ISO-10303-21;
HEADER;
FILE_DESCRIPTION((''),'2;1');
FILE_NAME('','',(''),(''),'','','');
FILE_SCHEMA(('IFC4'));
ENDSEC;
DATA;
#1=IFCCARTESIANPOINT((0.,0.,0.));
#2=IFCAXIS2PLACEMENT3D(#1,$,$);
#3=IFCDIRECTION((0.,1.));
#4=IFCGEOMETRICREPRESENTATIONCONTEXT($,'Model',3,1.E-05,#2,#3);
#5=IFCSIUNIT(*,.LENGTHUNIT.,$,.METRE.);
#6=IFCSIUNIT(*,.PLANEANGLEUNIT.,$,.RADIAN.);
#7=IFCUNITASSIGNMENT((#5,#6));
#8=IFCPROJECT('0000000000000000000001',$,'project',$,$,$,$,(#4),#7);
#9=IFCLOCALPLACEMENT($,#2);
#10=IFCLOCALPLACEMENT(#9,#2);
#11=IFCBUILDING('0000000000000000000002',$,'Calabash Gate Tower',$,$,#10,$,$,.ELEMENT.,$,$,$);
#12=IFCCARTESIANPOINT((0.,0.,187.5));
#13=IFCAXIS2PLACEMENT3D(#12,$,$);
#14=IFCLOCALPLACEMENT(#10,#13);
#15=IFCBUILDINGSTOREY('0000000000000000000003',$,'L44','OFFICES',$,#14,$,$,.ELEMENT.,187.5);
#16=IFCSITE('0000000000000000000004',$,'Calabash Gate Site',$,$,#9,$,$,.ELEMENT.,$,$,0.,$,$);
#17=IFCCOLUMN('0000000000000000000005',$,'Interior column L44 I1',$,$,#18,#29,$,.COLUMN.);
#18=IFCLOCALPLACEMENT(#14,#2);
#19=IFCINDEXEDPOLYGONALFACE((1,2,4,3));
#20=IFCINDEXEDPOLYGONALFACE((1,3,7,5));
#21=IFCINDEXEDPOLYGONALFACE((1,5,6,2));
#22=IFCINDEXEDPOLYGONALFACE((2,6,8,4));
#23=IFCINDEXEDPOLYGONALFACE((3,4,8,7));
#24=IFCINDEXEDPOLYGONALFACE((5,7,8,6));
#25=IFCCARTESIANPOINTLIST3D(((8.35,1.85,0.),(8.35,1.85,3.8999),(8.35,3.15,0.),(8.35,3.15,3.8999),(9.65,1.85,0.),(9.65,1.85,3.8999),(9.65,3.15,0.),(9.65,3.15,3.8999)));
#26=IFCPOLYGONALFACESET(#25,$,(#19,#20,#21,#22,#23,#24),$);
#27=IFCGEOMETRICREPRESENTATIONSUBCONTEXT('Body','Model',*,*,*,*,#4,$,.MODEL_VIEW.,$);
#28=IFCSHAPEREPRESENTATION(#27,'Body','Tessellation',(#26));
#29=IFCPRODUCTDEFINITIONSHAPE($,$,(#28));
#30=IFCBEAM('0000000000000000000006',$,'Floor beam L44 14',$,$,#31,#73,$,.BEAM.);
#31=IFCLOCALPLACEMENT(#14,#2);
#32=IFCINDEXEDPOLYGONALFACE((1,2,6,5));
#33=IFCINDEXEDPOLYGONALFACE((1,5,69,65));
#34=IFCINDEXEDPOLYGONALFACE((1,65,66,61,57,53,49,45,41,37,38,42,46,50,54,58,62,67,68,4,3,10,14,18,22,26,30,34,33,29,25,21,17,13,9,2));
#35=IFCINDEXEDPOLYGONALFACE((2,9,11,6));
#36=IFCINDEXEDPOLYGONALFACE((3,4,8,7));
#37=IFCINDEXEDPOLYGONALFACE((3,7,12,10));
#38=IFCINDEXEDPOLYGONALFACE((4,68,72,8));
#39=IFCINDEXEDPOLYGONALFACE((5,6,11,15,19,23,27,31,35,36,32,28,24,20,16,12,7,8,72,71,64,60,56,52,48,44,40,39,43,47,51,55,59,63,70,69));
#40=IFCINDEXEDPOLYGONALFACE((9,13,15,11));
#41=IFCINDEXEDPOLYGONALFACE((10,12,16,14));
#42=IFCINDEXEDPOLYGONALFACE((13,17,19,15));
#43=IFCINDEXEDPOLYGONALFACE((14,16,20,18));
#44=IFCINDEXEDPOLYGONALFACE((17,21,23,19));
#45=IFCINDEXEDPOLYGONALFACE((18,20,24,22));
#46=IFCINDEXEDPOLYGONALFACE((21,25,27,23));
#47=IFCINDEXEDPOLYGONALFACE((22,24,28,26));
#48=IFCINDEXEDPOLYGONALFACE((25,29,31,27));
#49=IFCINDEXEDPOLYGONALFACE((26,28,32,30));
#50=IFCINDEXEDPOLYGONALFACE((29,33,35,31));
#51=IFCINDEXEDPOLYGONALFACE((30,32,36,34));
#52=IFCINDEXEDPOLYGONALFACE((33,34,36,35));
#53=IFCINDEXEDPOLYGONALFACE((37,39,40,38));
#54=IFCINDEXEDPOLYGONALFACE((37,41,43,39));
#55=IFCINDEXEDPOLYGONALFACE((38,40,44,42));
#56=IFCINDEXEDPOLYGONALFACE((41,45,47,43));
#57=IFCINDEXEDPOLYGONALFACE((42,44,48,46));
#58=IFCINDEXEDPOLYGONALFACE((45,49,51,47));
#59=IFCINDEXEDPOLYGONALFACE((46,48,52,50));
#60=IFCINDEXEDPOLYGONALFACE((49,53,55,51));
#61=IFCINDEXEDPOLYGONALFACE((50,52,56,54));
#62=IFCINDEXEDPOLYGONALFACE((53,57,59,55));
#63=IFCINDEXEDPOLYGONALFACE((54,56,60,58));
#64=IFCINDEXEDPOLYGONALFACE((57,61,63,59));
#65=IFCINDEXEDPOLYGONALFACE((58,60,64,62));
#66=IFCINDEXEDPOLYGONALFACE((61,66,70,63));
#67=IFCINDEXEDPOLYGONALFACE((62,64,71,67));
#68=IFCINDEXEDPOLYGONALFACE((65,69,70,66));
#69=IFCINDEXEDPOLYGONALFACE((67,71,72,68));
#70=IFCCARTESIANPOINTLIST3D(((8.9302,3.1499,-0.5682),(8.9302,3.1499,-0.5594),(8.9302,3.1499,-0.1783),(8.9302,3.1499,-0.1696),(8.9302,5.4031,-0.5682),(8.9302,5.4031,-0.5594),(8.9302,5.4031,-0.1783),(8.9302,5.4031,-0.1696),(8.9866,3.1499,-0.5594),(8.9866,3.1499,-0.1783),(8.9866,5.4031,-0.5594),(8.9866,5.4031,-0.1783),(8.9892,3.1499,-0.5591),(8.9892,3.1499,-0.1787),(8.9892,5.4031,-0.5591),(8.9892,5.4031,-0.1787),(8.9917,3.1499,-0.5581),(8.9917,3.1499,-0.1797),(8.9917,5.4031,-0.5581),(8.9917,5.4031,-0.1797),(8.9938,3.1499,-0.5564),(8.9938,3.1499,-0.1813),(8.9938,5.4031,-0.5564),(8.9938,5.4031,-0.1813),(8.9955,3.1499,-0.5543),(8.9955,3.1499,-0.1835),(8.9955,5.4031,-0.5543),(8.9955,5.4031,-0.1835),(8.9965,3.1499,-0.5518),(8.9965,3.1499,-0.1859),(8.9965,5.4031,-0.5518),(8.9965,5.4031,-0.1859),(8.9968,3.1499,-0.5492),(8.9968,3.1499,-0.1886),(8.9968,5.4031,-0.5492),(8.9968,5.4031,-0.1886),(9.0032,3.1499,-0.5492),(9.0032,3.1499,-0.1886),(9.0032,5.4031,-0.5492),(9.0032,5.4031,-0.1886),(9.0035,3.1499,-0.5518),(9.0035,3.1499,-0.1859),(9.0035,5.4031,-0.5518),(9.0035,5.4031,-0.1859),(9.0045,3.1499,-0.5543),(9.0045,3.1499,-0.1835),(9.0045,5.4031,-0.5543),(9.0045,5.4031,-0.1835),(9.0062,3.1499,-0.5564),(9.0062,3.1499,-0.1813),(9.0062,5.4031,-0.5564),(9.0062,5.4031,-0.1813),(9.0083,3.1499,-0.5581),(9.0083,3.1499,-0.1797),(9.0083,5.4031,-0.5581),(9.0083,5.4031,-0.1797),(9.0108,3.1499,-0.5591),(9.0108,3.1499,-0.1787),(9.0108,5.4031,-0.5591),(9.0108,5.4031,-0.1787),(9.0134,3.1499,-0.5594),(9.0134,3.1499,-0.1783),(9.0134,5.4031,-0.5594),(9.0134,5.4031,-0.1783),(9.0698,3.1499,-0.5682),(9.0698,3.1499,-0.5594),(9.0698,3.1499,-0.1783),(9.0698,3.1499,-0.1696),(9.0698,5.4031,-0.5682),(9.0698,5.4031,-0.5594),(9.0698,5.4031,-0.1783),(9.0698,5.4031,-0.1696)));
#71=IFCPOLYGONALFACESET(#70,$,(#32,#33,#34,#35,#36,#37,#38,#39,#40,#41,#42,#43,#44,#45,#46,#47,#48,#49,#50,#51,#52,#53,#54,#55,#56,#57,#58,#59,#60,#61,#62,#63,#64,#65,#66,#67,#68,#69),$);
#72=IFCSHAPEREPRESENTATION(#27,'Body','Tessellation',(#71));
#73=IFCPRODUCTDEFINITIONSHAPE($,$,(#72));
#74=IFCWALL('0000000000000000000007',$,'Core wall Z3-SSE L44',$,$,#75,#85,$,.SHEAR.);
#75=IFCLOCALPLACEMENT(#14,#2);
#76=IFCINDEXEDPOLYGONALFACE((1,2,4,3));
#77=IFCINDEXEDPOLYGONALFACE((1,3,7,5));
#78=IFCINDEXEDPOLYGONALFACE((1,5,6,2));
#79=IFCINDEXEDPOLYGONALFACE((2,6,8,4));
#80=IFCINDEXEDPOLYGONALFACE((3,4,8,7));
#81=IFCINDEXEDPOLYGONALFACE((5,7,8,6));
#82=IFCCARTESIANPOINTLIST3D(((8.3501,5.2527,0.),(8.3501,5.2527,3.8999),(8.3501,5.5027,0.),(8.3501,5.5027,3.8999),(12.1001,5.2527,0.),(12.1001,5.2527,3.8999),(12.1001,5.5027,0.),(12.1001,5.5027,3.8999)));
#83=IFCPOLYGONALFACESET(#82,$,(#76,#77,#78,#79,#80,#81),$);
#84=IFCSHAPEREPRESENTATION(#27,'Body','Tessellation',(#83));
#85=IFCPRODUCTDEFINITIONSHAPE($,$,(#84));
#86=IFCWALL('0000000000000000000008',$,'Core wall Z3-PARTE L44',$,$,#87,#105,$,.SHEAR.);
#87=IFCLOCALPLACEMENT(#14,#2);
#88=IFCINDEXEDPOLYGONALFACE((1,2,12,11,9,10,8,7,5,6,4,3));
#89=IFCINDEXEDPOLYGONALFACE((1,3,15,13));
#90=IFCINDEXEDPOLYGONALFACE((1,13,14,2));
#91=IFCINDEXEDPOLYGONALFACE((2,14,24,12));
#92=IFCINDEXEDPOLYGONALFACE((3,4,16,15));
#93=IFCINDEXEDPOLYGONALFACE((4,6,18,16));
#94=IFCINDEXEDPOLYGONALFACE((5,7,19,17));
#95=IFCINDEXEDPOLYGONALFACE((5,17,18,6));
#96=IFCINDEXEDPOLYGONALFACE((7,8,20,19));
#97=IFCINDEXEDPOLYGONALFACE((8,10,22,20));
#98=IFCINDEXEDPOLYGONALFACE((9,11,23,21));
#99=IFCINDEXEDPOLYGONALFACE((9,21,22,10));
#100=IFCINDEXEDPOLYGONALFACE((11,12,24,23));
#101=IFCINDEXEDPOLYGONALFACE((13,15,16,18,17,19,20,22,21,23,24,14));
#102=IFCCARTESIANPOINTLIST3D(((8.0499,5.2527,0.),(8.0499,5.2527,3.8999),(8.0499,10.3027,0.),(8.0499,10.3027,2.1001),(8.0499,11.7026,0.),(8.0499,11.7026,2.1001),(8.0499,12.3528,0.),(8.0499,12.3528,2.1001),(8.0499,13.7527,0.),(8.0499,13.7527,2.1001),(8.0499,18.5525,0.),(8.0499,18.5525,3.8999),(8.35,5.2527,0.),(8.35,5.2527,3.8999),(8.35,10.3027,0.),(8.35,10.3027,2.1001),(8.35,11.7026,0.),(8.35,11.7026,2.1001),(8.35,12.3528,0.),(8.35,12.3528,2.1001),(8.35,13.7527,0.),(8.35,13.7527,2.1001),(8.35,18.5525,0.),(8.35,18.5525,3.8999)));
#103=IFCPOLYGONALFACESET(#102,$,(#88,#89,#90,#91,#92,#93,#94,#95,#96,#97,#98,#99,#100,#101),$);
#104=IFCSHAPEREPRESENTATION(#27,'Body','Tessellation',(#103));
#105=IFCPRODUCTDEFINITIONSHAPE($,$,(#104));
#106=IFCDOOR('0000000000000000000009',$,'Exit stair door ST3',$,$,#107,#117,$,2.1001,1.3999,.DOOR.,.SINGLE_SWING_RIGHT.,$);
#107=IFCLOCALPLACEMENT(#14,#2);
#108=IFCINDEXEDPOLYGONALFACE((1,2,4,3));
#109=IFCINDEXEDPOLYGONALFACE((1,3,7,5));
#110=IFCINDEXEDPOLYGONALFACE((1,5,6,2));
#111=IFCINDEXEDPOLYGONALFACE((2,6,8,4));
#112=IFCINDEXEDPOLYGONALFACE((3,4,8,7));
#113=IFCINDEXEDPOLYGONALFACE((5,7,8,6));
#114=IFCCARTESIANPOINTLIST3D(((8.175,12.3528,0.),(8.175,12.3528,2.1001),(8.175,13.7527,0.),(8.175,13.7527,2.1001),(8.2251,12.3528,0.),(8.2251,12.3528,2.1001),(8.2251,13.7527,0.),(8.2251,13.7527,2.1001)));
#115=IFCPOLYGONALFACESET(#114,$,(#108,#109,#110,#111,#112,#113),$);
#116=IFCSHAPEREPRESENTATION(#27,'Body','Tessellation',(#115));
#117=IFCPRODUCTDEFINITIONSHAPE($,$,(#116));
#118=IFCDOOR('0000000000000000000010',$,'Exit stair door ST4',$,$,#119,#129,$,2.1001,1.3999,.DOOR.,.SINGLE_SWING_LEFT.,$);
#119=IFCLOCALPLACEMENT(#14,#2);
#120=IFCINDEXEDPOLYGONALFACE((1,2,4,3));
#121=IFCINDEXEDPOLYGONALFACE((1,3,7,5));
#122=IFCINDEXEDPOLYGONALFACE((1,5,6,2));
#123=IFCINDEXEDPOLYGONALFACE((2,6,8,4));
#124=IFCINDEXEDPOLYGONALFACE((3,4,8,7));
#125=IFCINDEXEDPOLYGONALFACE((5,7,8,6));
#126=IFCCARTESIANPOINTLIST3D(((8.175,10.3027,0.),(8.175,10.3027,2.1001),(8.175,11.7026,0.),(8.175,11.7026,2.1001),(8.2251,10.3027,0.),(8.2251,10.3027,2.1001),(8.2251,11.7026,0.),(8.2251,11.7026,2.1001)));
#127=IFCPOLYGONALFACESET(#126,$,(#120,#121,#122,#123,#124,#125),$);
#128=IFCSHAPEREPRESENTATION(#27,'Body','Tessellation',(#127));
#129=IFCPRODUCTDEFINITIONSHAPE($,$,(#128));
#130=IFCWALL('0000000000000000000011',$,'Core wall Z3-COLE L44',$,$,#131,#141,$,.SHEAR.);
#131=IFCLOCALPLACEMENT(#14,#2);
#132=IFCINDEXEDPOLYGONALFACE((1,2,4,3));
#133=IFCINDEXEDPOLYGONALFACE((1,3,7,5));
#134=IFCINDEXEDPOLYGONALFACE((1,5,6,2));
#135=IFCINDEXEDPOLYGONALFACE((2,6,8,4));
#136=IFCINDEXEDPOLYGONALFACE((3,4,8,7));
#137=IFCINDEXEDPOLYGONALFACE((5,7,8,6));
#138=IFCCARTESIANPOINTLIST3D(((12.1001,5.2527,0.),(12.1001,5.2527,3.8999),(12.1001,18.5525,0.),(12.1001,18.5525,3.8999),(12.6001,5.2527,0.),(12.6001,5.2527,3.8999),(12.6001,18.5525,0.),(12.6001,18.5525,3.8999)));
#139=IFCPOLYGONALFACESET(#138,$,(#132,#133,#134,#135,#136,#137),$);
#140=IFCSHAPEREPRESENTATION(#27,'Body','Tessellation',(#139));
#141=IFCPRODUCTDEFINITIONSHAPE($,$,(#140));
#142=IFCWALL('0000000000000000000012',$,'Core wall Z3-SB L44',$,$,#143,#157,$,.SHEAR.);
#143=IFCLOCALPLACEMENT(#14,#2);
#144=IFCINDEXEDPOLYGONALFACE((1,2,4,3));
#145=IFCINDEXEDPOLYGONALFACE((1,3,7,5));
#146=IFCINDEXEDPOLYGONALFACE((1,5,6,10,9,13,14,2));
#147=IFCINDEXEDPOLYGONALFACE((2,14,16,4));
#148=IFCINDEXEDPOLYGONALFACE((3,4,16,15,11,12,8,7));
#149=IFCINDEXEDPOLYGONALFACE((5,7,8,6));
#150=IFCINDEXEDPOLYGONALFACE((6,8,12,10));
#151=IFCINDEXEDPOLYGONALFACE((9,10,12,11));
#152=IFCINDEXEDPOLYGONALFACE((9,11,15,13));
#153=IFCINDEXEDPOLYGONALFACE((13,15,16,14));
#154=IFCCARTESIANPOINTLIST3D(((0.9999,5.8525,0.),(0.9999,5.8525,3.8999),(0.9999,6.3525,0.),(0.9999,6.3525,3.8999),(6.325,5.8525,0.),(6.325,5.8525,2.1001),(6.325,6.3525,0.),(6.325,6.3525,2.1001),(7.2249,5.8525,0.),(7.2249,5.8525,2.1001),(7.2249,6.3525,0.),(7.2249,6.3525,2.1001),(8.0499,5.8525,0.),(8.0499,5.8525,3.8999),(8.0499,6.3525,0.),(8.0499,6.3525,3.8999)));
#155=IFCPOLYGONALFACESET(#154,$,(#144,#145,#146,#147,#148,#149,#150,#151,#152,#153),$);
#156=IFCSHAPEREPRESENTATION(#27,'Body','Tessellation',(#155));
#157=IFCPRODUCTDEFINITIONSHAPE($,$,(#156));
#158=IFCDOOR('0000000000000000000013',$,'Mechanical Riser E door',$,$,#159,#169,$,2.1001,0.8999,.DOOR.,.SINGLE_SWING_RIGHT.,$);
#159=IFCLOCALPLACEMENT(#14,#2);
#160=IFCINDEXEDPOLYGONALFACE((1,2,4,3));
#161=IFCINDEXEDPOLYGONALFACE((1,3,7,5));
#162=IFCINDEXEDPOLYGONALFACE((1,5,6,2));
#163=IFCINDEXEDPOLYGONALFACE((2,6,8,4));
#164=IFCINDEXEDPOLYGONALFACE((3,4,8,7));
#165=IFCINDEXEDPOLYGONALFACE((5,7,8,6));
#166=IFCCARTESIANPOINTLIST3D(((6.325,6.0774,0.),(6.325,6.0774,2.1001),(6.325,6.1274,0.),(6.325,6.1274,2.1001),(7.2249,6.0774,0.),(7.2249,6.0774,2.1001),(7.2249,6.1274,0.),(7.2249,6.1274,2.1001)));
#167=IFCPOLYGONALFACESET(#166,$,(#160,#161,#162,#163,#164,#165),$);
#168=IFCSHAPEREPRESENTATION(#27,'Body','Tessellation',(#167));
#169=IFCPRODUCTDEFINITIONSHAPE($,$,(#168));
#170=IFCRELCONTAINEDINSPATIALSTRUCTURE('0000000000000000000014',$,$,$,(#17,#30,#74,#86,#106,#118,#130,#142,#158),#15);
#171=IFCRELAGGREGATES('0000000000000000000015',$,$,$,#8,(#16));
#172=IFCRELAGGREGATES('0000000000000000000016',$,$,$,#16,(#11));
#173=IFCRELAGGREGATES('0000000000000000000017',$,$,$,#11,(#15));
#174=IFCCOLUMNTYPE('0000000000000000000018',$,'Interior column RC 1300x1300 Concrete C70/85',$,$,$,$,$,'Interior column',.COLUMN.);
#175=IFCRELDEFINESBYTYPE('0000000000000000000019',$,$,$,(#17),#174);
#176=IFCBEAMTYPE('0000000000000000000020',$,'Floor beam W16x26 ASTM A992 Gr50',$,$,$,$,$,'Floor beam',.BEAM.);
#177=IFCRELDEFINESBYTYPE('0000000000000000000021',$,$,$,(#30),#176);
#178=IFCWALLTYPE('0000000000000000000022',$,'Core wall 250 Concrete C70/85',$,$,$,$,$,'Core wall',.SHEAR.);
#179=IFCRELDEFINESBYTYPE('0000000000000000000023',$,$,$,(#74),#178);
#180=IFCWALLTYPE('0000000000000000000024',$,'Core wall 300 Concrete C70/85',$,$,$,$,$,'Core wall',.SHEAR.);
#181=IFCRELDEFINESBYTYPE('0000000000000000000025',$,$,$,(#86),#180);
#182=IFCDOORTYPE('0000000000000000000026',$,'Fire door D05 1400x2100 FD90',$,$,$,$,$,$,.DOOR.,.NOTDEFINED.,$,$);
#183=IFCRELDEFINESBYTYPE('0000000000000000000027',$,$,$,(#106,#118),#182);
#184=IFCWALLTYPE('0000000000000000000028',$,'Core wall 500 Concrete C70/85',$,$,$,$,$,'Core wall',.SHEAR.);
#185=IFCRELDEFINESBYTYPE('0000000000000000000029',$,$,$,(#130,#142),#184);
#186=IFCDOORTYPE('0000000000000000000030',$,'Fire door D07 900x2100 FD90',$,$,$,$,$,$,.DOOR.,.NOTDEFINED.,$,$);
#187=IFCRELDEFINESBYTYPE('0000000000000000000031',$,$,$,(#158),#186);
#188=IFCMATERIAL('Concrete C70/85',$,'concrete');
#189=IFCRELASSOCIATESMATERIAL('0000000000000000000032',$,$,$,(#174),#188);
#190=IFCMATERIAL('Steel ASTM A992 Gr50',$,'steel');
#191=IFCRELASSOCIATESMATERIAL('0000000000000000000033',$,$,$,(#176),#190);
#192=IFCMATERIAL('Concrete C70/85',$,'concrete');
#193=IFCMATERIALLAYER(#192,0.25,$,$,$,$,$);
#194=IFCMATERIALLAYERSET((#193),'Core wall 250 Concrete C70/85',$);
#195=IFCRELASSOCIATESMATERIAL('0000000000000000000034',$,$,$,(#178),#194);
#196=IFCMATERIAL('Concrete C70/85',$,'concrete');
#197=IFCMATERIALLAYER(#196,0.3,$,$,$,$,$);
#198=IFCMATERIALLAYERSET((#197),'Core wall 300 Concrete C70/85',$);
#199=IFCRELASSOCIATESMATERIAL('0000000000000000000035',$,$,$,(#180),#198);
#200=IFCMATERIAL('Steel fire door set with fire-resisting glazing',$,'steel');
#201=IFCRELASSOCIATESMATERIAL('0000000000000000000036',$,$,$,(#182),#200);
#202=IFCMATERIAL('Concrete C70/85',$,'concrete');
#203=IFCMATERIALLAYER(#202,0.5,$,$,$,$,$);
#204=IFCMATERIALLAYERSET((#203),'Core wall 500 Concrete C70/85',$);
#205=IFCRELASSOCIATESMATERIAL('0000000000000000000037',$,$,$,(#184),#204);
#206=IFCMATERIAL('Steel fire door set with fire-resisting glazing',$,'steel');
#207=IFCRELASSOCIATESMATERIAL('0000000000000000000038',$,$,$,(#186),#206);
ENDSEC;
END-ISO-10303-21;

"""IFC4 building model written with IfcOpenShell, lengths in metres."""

from ifc_helpers import new_model, si_unit, direction, frame, frame_2d, origin, origin_2d, place, context, subcontext, project, spatial, rectangle, i_section, extrude, material, layer, layer_set, material_profile, profile_set, type_object, element, fill, save


model = new_model("IFC4")

# Units and contexts
model_context = context("Model", 3, precision=1e-05, world=origin(), true_north=direction((0.0, 1.0)))
body_context = subcontext(model_context, "Body", "Model", "MODEL_VIEW")
ifc_project = project(units=[si_unit("LENGTHUNIT", "METRE"), si_unit("PLANEANGLEUNIT", "RADIAN")], contexts=[model_context])

# Site, building, storey
site_placement = place(None, origin())
site = spatial("IfcSite", under=ifc_project, at=site_placement, Name="Calabash Gate Site", CompositionType="ELEMENT", RefElevation=0.0)
building_placement = place(site_placement, origin())
building = spatial("IfcBuilding", under=site, at=building_placement, Name="Calabash Gate Tower", CompositionType="ELEMENT")
storey_placement = place(building_placement, frame((0.0, 0.0, 187.5)))
storey = spatial("IfcBuildingStorey", under=building, at=storey_placement, Name="L44", Description="OFFICES", CompositionType="ELEMENT", Elevation=187.5)

# Column
ifc_material_1 = material(Name="Concrete C70/85", Category="concrete")
ifc_material_profile_1 = material_profile(ifc_material_1, rectangle(XDim=1.3, YDim=1.3, at=origin_2d()))
ifc_profile_set_1 = profile_set([ifc_material_profile_1], Name="Concrete C70/85")
column_type = type_object("IfcColumnType", Name="Interior column RC 1300x1300 Concrete C70/85", ElementType="Interior column", PredefinedType="COLUMN", material=ifc_profile_set_1)
column_placement = place(storey_placement, frame((9.0, 2.5, 0.0), z_axis=(0.0, 0.0, 1.0), x_axis=(1.0, 0.0, 0.0)))
element("IfcColumn", 1, at=column_placement, inside=storey, type_object=column_type, Name="Interior column L44 I1", PredefinedType="COLUMN", context=body_context, shape_type="SweptSolid", body=[
    extrude(rectangle(XDim=1.3, YDim=1.3, at=origin_2d()), origin(), (0.0, 0.0, 1.0), 3.8999),
])

# Beam
ifc_material_2 = material(Name="Steel ASTM A992 Gr50", Category="steel")
ifc_material_profile_2 = material_profile(ifc_material_2, i_section(OverallWidth=0.1396, OverallDepth=0.3987, WebThickness=0.0063, FlangeThickness=0.0088, FilletRadius=0.0103, at=origin_2d()))
ifc_profile_set_2 = profile_set([ifc_material_profile_2], Name="Steel ASTM A992 Gr50")
beam_type = type_object("IfcBeamType", Name="Floor beam W16x26 ASTM A992 Gr50", ElementType="Floor beam", PredefinedType="BEAM", material=ifc_profile_set_2)
beam_placement = place(storey_placement, frame((9.0, 3.1499, -0.3689), z_axis=(0.0, 1.0, 0.0), x_axis=(-1.0, 0.0, 0.0)))
element("IfcBeam", 2, at=beam_placement, inside=storey, type_object=beam_type, Name="Floor beam L44 14", PredefinedType="BEAM", context=body_context, shape_type="SweptSolid", body=[
    extrude(i_section(OverallWidth=0.1396, OverallDepth=0.3987, WebThickness=0.0063, FlangeThickness=0.0088, FilletRadius=0.0103, at=origin_2d()), origin(), (0.0, 0.0, 1.0), 2.2532),
])

# Wall
ifc_material_3 = material(Name="Concrete C70/85", Category="concrete")
ifc_layer_1 = layer(ifc_material_3, 0.25)
ifc_layer_set_1 = layer_set([ifc_layer_1], Name="Core wall 250 Concrete C70/85")
wall_type_1 = type_object("IfcWallType", Name="Core wall 250 Concrete C70/85", ElementType="Core wall", PredefinedType="SHEAR", material=ifc_layer_set_1)
wall_1_placement = place(storey_placement, frame((8.3501, 5.3777, 0.0), z_axis=(0.0, 0.0, 1.0), x_axis=(1.0, 0.0, 0.0)))
element("IfcWall", 3, at=wall_1_placement, inside=storey, type_object=wall_type_1, Name="Core wall Z3-SSE L44", PredefinedType="SHEAR", context=body_context, shape_type="SweptSolid", body=[
    extrude(rectangle(XDim=3.75, YDim=0.25, at=frame_2d((1.875, 0.0))), origin(), (0.0, 0.0, 1.0), 3.8999),
])

# Wall, openings, doors
ifc_material_4 = material(Name="Concrete C70/85", Category="concrete")
ifc_layer_2 = layer(ifc_material_4, 0.3)
ifc_layer_set_2 = layer_set([ifc_layer_2], Name="Core wall 300 Concrete C70/85")
wall_type_2 = type_object("IfcWallType", Name="Core wall 300 Concrete C70/85", ElementType="Core wall", PredefinedType="SHEAR", material=ifc_layer_set_2)
wall_2_placement = place(storey_placement, frame((8.2, 5.2527, 0.0), z_axis=(0.0, 0.0, 1.0), x_axis=(0.0, 1.0, 0.0)))
wall_2 = element("IfcWall", 4, at=wall_2_placement, inside=storey, type_object=wall_type_2, Name="Core wall Z3-PARTE L44", PredefinedType="SHEAR", context=body_context, shape_type="SweptSolid", body=[
    extrude(rectangle(XDim=13.2998, YDim=0.3, at=frame_2d((6.6499, 0.0))), origin(), (0.0, 0.0, 1.0), 3.8999),
])
opening_1_placement = place(wall_2_placement, frame((7.1001, 0.0, 0.0)))
opening_1 = element("IfcOpeningElement", 5, at=opening_1_placement, cuts=wall_2, PredefinedType="OPENING", context=body_context, shape_type="SweptSolid", body=[
    extrude(rectangle(XDim=1.3999, YDim=2.1001, at=frame_2d((0.7, 1.05))), frame((0.0, 0.1599, 0.0), z_axis=(0.0, -1.0, 0.0), x_axis=(1.0, 0.0, 0.0)), (0.0, 0.0, 1.0), 0.3201),
])
opening_2_placement = place(wall_2_placement, frame((5.05, 0.0, 0.0)))
opening_2 = element("IfcOpeningElement", 6, at=opening_2_placement, cuts=wall_2, PredefinedType="OPENING", context=body_context, shape_type="SweptSolid", body=[
    extrude(rectangle(XDim=1.3999, YDim=2.1001, at=frame_2d((0.7, 1.05))), frame((0.0, 0.1599, 0.0), z_axis=(0.0, -1.0, 0.0), x_axis=(1.0, 0.0, 0.0)), (0.0, 0.0, 1.0), 0.3201),
])
ifc_material_5 = material(Name="Steel fire door set with fire-resisting glazing", Category="steel")
door_type_1 = type_object("IfcDoorType", Name="Fire door D05 1400x2100 FD90", OperationType="NOTDEFINED", PredefinedType="DOOR", material=ifc_material_5)
door_1_placement = place(opening_1_placement, origin())
door_1 = element("IfcDoor", 7, at=door_1_placement, inside=storey, type_object=door_type_1, Name="Exit stair door ST3", OperationType="SINGLE_SWING_RIGHT", OverallHeight=2.1001, OverallWidth=1.3999, PredefinedType="DOOR", context=body_context, shape_type="SweptSolid", body=[
    extrude(rectangle(XDim=1.3999, YDim=2.1001, at=frame_2d((0.7, 1.05))), frame((0.0, 0.0249, 0.0), z_axis=(0.0, -1.0, 0.0), x_axis=(1.0, 0.0, 0.0)), (0.0, 0.0, 1.0), 0.05),
])
fill(opening_1, door_1)
door_2_placement = place(opening_2_placement, origin())
door_2 = element("IfcDoor", 8, at=door_2_placement, inside=storey, type_object=door_type_1, Name="Exit stair door ST4", OperationType="SINGLE_SWING_LEFT", OverallHeight=2.1001, OverallWidth=1.3999, PredefinedType="DOOR", context=body_context, shape_type="SweptSolid", body=[
    extrude(rectangle(XDim=1.3999, YDim=2.1001, at=frame_2d((0.7, 1.05))), frame((0.0, 0.0249, 0.0), z_axis=(0.0, -1.0, 0.0), x_axis=(1.0, 0.0, 0.0)), (0.0, 0.0, 1.0), 0.05),
])
fill(opening_2, door_2)

# Wall
ifc_material_6 = material(Name="Concrete C70/85", Category="concrete")
ifc_layer_3 = layer(ifc_material_6, 0.5)
ifc_layer_set_3 = layer_set([ifc_layer_3], Name="Core wall 500 Concrete C70/85")
wall_type_3 = type_object("IfcWallType", Name="Core wall 500 Concrete C70/85", ElementType="Core wall", PredefinedType="SHEAR", material=ifc_layer_set_3)
wall_3_placement = place(storey_placement, frame((12.3501, 5.2527, 0.0), z_axis=(0.0, 0.0, 1.0), x_axis=(0.0, 1.0, 0.0)))
element("IfcWall", 9, at=wall_3_placement, inside=storey, type_object=wall_type_3, Name="Core wall Z3-COLE L44", PredefinedType="SHEAR", context=body_context, shape_type="SweptSolid", body=[
    extrude(rectangle(XDim=13.2998, YDim=0.5, at=frame_2d((6.6499, 0.0))), origin(), (0.0, 0.0, 1.0), 3.8999),
])

# Wall, opening, door
wall_4_placement = place(storey_placement, frame((1.0, 6.1025, 0.0), z_axis=(0.0, 0.0, 1.0), x_axis=(1.0, 0.0, 0.0)))
wall_4 = element("IfcWall", 10, at=wall_4_placement, inside=storey, type_object=wall_type_3, Name="Core wall Z3-SB L44", PredefinedType="SHEAR", context=body_context, shape_type="SweptSolid", body=[
    extrude(rectangle(XDim=7.05, YDim=0.5, at=frame_2d((3.5249, 0.0))), origin(), (0.0, 0.0, 1.0), 3.8999),
])
opening_3_placement = place(wall_4_placement, frame((5.325, 0.0, 0.0)))
opening_3 = element("IfcOpeningElement", 11, at=opening_3_placement, cuts=wall_4, PredefinedType="OPENING", context=body_context, shape_type="SweptSolid", body=[
    extrude(rectangle(XDim=0.8999, YDim=2.1001, at=frame_2d((0.45, 1.05))), frame((0.0, 0.26, 0.0), z_axis=(0.0, -1.0, 0.0), x_axis=(1.0, 0.0, 0.0)), (0.0, 0.0, 1.0), 0.52),
])
ifc_material_7 = material(Name="Steel fire door set with fire-resisting glazing", Category="steel")
door_type_2 = type_object("IfcDoorType", Name="Fire door D07 900x2100 FD90", OperationType="NOTDEFINED", PredefinedType="DOOR", material=ifc_material_7)
door_3_placement = place(opening_3_placement, origin())
door_3 = element("IfcDoor", 12, at=door_3_placement, inside=storey, type_object=door_type_2, Name="Mechanical Riser E door", OperationType="SINGLE_SWING_RIGHT", OverallHeight=2.1001, OverallWidth=0.8999, PredefinedType="DOOR", context=body_context, shape_type="SweptSolid", body=[
    extrude(rectangle(XDim=0.8999, YDim=2.1001, at=frame_2d((0.45, 1.05))), frame((0.0, 0.0249, 0.0), z_axis=(0.0, -1.0, 0.0), x_axis=(1.0, 0.0, 0.0)), (0.0, 0.0, 1.0), 0.05),
])
fill(opening_3, door_3)

save(model, "model.ifc")
